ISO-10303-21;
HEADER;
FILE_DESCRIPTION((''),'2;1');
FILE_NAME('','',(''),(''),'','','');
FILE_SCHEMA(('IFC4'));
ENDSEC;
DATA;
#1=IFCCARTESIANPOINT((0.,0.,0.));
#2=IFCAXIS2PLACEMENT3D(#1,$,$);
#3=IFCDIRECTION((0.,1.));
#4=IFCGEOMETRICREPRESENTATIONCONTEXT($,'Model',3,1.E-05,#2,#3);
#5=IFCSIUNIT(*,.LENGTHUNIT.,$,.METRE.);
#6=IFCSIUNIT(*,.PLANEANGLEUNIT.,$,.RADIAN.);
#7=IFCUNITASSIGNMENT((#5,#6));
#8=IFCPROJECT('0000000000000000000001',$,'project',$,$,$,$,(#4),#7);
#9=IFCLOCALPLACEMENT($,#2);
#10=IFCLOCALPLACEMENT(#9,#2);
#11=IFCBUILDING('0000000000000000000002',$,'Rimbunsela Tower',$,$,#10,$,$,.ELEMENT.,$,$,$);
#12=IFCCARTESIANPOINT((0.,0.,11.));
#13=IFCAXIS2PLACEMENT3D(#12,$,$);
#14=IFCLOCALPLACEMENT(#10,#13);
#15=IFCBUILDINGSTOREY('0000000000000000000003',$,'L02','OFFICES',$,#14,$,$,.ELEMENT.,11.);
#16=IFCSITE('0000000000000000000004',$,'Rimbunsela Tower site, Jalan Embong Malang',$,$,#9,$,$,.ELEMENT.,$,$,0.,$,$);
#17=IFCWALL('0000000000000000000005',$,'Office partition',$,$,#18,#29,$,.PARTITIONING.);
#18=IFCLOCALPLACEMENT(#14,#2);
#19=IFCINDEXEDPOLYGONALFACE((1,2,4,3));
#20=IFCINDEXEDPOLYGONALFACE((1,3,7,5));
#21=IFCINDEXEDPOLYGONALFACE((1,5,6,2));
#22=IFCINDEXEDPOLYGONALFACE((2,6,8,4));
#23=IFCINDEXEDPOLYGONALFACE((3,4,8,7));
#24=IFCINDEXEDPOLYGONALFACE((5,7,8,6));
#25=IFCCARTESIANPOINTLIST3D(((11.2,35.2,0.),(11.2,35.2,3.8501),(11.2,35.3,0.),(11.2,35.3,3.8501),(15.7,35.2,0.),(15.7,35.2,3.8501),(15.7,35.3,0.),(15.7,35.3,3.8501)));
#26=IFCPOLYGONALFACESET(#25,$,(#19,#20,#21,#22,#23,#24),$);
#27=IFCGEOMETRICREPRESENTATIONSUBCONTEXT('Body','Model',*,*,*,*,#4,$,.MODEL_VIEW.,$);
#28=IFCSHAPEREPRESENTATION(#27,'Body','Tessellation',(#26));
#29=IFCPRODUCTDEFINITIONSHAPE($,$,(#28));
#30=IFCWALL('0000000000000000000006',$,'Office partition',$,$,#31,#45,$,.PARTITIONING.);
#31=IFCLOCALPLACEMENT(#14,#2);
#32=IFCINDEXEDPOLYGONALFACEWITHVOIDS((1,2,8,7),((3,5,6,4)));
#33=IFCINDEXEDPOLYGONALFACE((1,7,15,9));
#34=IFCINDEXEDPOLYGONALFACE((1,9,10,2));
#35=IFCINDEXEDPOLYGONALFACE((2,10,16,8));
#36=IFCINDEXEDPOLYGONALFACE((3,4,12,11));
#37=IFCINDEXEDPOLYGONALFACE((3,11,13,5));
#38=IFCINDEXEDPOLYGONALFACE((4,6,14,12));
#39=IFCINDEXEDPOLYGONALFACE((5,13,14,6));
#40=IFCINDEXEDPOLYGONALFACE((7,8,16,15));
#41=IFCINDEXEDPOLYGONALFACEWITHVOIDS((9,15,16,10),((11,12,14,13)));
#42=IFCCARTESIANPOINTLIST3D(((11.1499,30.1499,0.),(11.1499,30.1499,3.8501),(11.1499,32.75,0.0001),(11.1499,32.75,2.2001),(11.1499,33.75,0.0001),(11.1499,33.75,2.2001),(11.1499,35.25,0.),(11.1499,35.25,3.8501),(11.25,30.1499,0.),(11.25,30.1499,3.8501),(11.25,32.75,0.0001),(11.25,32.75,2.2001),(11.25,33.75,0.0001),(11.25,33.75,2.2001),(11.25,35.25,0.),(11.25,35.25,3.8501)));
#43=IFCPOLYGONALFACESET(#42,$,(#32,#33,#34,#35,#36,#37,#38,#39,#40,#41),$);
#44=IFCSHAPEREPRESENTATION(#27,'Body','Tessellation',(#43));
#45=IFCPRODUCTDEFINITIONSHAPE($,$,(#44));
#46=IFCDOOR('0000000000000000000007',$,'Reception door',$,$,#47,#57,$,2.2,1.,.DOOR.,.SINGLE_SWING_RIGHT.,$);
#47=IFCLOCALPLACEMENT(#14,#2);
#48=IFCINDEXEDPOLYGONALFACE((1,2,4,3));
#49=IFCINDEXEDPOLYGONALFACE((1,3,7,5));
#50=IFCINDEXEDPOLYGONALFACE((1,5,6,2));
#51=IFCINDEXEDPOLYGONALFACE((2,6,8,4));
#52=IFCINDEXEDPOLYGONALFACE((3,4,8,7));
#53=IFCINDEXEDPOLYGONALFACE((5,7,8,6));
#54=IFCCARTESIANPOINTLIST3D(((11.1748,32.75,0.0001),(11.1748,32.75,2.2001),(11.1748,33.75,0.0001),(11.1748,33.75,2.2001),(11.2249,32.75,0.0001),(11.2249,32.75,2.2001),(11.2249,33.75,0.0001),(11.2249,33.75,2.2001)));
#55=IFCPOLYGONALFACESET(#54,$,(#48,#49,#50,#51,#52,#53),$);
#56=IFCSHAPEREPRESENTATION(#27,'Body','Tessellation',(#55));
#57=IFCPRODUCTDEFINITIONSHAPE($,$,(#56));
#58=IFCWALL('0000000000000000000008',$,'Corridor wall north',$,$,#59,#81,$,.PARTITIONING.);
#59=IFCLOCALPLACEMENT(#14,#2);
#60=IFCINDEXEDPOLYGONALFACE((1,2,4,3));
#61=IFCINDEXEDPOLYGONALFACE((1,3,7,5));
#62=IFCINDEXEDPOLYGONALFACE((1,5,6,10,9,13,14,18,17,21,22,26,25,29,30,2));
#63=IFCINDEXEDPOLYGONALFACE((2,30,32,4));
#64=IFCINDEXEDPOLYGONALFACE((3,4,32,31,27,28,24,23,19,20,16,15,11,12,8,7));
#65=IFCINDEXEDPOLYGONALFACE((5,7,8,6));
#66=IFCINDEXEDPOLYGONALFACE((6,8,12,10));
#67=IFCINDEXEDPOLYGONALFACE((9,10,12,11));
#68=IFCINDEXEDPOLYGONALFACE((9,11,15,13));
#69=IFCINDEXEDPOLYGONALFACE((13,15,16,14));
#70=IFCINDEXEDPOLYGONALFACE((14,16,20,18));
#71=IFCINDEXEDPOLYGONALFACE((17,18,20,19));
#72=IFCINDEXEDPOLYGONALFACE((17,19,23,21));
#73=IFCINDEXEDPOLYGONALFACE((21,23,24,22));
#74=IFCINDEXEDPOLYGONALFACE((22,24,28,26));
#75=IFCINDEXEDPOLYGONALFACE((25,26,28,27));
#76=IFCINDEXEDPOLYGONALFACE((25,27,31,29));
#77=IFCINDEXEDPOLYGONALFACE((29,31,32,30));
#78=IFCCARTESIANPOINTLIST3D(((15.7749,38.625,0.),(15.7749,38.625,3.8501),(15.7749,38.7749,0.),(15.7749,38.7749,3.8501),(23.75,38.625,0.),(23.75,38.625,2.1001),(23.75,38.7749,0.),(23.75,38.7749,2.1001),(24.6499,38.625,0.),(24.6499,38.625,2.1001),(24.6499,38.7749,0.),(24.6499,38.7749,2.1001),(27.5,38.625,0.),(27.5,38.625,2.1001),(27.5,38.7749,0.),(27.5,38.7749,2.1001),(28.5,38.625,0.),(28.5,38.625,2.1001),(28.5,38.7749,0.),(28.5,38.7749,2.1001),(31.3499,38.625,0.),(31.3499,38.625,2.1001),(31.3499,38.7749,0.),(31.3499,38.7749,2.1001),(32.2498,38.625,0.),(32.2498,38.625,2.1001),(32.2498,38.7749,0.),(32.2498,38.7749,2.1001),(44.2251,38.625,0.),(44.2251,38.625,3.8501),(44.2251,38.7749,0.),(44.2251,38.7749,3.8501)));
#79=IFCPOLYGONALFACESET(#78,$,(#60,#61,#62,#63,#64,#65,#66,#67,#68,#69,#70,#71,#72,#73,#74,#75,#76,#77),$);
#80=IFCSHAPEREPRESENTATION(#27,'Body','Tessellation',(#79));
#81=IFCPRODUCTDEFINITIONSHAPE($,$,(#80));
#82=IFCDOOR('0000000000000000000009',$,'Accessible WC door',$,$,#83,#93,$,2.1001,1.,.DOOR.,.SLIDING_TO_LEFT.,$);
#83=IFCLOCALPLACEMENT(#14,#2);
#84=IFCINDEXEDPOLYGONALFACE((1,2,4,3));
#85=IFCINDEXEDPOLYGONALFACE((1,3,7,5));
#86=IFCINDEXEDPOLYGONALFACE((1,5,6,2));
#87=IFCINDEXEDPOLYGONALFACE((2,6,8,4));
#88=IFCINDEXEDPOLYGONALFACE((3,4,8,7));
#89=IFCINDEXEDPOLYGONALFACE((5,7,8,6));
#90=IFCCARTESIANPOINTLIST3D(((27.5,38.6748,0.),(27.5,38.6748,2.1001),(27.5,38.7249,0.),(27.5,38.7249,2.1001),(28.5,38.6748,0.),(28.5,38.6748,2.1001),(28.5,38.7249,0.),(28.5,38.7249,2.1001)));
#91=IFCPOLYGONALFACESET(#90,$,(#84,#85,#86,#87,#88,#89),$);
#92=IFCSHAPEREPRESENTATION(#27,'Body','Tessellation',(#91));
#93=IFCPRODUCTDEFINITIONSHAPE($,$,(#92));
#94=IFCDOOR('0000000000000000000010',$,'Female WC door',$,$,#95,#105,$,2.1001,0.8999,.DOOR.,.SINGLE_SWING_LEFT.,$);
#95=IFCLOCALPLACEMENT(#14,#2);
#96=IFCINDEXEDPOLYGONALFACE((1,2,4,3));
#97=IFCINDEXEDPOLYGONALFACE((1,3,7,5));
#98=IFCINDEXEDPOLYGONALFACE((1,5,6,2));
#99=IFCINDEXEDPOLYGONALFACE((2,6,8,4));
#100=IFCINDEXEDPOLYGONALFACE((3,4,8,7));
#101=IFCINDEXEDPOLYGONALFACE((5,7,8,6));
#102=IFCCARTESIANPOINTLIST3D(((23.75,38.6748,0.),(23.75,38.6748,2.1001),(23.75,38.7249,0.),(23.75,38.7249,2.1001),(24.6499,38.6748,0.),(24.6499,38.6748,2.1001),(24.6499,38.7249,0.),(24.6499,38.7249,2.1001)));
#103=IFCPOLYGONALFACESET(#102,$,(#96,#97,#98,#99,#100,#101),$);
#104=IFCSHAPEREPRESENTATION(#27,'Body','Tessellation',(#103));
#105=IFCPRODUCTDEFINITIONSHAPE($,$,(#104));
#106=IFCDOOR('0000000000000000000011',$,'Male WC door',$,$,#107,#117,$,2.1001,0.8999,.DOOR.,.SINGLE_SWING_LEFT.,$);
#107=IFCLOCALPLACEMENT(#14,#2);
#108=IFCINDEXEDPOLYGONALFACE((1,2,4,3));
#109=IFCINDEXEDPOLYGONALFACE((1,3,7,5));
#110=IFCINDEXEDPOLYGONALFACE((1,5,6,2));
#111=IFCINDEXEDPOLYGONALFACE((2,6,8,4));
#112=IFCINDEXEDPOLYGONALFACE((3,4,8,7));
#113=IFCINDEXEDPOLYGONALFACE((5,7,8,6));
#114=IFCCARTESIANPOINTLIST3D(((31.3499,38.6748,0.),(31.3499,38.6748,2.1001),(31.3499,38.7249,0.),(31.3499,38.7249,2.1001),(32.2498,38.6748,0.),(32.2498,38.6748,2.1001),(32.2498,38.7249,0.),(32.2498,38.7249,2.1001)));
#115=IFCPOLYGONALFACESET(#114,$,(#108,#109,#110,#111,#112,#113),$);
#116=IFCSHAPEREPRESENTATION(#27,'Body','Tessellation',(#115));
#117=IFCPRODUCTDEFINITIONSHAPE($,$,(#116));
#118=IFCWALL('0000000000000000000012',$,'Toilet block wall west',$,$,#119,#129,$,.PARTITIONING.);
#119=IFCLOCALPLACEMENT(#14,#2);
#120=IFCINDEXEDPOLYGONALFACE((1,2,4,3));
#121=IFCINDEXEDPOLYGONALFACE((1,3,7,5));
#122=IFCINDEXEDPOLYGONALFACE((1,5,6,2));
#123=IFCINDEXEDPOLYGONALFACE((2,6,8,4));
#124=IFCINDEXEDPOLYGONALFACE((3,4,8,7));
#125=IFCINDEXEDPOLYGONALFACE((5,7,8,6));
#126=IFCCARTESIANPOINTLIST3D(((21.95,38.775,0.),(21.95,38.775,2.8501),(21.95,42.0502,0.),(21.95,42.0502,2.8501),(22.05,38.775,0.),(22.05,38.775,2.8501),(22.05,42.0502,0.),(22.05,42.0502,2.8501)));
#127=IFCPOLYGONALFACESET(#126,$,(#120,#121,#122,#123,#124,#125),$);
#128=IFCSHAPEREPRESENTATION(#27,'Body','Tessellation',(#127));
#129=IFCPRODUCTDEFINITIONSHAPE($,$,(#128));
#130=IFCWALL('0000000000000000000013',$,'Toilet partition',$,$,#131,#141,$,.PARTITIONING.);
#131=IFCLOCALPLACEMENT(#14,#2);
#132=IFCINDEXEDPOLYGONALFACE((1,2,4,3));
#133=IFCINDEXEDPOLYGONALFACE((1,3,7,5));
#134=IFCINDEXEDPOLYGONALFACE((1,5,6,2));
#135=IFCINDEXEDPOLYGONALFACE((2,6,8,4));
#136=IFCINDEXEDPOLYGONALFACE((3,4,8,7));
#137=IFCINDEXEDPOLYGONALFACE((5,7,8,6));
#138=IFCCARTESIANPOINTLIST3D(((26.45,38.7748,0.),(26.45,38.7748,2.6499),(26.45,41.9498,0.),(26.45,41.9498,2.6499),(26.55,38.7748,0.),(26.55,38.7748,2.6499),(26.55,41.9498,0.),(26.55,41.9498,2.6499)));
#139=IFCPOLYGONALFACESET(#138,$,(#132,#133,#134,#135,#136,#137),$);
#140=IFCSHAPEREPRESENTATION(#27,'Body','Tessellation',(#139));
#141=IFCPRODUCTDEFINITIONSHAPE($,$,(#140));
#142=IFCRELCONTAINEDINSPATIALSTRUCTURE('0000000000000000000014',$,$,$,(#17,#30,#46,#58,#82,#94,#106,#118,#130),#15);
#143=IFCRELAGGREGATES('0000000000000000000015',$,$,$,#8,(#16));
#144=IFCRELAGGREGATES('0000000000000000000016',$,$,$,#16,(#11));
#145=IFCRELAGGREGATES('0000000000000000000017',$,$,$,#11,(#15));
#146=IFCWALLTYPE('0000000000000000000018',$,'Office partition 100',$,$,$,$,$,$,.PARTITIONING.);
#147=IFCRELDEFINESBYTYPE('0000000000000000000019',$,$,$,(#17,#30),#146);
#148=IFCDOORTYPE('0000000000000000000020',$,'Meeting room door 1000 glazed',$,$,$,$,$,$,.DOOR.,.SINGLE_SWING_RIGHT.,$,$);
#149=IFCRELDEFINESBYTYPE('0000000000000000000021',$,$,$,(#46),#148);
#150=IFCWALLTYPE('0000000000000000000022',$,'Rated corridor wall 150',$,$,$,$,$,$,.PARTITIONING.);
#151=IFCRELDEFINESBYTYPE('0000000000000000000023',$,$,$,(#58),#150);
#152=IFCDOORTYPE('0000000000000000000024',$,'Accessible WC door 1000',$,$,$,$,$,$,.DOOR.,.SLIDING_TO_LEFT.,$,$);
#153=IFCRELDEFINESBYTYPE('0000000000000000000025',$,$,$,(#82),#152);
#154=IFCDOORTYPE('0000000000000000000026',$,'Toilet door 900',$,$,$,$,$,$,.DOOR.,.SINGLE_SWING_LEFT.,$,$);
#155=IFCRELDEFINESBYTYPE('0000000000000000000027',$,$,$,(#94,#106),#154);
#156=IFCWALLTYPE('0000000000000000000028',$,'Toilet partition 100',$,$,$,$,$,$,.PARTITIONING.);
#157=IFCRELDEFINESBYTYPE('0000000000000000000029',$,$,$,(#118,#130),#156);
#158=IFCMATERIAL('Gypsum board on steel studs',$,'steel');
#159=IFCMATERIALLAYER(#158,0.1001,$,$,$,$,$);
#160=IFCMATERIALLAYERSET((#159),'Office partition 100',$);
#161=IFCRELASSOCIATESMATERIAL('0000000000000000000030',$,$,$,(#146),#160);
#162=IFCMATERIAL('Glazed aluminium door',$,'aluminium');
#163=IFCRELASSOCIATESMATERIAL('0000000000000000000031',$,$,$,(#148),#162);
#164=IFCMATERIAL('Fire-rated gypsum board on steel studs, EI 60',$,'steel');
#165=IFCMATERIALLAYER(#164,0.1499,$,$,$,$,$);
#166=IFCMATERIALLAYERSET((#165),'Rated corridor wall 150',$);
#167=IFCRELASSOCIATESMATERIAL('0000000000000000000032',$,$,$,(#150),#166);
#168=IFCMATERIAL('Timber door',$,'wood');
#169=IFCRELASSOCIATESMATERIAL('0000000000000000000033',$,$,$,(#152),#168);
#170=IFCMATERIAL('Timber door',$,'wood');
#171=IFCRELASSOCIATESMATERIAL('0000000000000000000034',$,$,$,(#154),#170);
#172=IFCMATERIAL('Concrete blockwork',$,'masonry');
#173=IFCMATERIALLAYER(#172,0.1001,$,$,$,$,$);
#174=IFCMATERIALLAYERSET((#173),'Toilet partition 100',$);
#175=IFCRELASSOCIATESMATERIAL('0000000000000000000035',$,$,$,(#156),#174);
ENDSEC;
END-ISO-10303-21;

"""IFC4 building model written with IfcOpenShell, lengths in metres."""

from ifc_helpers import new_model, si_unit, direction, frame, frame_2d, origin, place, context, subcontext, project, spatial, rectangle, extrude, material, layer, layer_set, type_object, element, fill, save


model = new_model("IFC4")

# Units and contexts
model_context = context("Model", 3, precision=1e-05, world=origin(), true_north=direction((0.0, 1.0)))
body_context = subcontext(model_context, "Body", "Model", "MODEL_VIEW")
ifc_project = project(units=[si_unit("LENGTHUNIT", "METRE"), si_unit("PLANEANGLEUNIT", "RADIAN")], contexts=[model_context])

# Site, building, storey
site_placement = place(None, origin())
site = spatial("IfcSite", under=ifc_project, at=site_placement, Name="Rimbunsela Tower site, Jalan Embong Malang", CompositionType="ELEMENT", RefElevation=0.0)
building_placement = place(site_placement, origin())
building = spatial("IfcBuilding", under=site, at=building_placement, Name="Rimbunsela Tower", CompositionType="ELEMENT")
storey_placement = place(building_placement, frame((0.0, 0.0, 11.0)))
storey = spatial("IfcBuildingStorey", under=building, at=storey_placement, Name="L02", Description="OFFICES", CompositionType="ELEMENT", Elevation=11.0)

# Shared definitions
ifc_material_1 = material(Name="Gypsum board on steel studs", Category="steel")
ifc_layer_1 = layer(ifc_material_1, 0.1001)
ifc_layer_set_1 = layer_set([ifc_layer_1], Name="Office partition 100")
wall_type_1 = type_object("IfcWallType", Name="Office partition 100", PredefinedType="PARTITIONING", material=ifc_layer_set_1)

# Wall
wall_1_placement = place(storey_placement, frame((15.7, 35.25, 0.0), z_axis=(0.0, 0.0, 1.0), x_axis=(-1.0, 0.0, 0.0)))
element("IfcWall", 1, at=wall_1_placement, inside=storey, type_object=wall_type_1, Name="Office partition", PredefinedType="PARTITIONING", context=body_context, shape_type="SweptSolid", body=[
    extrude(rectangle(XDim=4.5, YDim=0.1001, at=frame_2d((2.25, 0.0))), origin(), (0.0, 0.0, 1.0), 3.8501),
])

# Wall, opening, door
wall_2_placement = place(storey_placement, frame((11.2, 35.25, 0.0), z_axis=(0.0, 0.0, 1.0), x_axis=(0.0, -1.0, 0.0)))
wall_2 = element("IfcWall", 2, at=wall_2_placement, inside=storey, type_object=wall_type_1, Name="Office partition", PredefinedType="PARTITIONING", context=body_context, shape_type="SweptSolid", body=[
    extrude(rectangle(XDim=5.1001, YDim=0.1001, at=frame_2d((2.55, 0.0))), origin(), (0.0, 0.0, 1.0), 3.8501),
])
opening_1_placement = place(wall_2_placement, frame((1.5, 0.0, 0.0)))
opening_1 = element("IfcOpeningElement", 3, at=opening_1_placement, cuts=wall_2, PredefinedType="OPENING", context=body_context, shape_type="SweptSolid", body=[
    extrude(rectangle(XDim=1.0, YDim=2.2, at=frame_2d((0.5, 1.1001))), frame((0.0, 0.0601, 0.0), z_axis=(0.0, -1.0, 0.0), x_axis=(1.0, 0.0, 0.0)), (0.0, 0.0, 1.0), 0.1201),
])
ifc_material_2 = material(Name="Glazed aluminium door", Category="aluminium")
door_type_1 = type_object("IfcDoorType", Name="Meeting room door 1000 glazed", OperationType="SINGLE_SWING_RIGHT", PredefinedType="DOOR", material=ifc_material_2)
door_1_placement = place(opening_1_placement, origin())
door_1 = element("IfcDoor", 4, at=door_1_placement, inside=storey, type_object=door_type_1, Name="Reception door", OperationType="SINGLE_SWING_RIGHT", OverallHeight=2.2, OverallWidth=1.0, PredefinedType="DOOR", context=body_context, shape_type="SweptSolid", body=[
    extrude(rectangle(XDim=1.0, YDim=2.2, at=frame_2d((0.5, 1.1001))), frame((0.0, 0.0249, 0.0), z_axis=(0.0, -1.0, 0.0), x_axis=(1.0, 0.0, 0.0)), (0.0, 0.0, 1.0), 0.05),
])
fill(opening_1, door_1)

# Wall, openings, doors
ifc_material_3 = material(Name="Fire-rated gypsum board on steel studs, EI 60", Category="steel")
ifc_layer_2 = layer(ifc_material_3, 0.1499)
ifc_layer_set_2 = layer_set([ifc_layer_2], Name="Rated corridor wall 150")
wall_type_2 = type_object("IfcWallType", Name="Rated corridor wall 150", PredefinedType="PARTITIONING", material=ifc_layer_set_2)
wall_3_placement = place(storey_placement, frame((15.7749, 38.7, 0.0), z_axis=(0.0, 0.0, 1.0), x_axis=(1.0, 0.0, 0.0)))
wall_3 = element("IfcWall", 5, at=wall_3_placement, inside=storey, type_object=wall_type_2, Name="Corridor wall north", PredefinedType="PARTITIONING", context=body_context, shape_type="SweptSolid", body=[
    extrude(rectangle(XDim=28.4502, YDim=0.1499, at=frame_2d((14.2251, 0.0))), origin(), (0.0, 0.0, 1.0), 3.8501),
])
opening_2_placement = place(wall_3_placement, frame((7.9751, 0.0, 0.0)))
opening_2 = element("IfcOpeningElement", 6, at=opening_2_placement, cuts=wall_3, PredefinedType="OPENING", context=body_context, shape_type="SweptSolid", body=[
    extrude(rectangle(XDim=0.8999, YDim=2.1001, at=frame_2d((0.45, 1.05))), frame((0.0, 0.085, 0.0), z_axis=(0.0, -1.0, 0.0), x_axis=(1.0, 0.0, 0.0)), (0.0, 0.0, 1.0), 0.1699),
])
opening_3_placement = place(wall_3_placement, frame((11.7251, 0.0, 0.0)))
opening_3 = element("IfcOpeningElement", 7, at=opening_3_placement, cuts=wall_3, PredefinedType="OPENING", context=body_context, shape_type="SweptSolid", body=[
    extrude(rectangle(XDim=1.0, YDim=2.1001, at=frame_2d((0.5, 1.05))), frame((0.0, 0.085, 0.0), z_axis=(0.0, -1.0, 0.0), x_axis=(1.0, 0.0, 0.0)), (0.0, 0.0, 1.0), 0.1699),
])
opening_4_placement = place(wall_3_placement, frame((15.575, 0.0, 0.0)))
opening_4 = element("IfcOpeningElement", 8, at=opening_4_placement, cuts=wall_3, PredefinedType="OPENING", context=body_context, shape_type="SweptSolid", body=[
    extrude(rectangle(XDim=0.8999, YDim=2.1001, at=frame_2d((0.45, 1.05))), frame((0.0, 0.085, 0.0), z_axis=(0.0, -1.0, 0.0), x_axis=(1.0, 0.0, 0.0)), (0.0, 0.0, 1.0), 0.1699),
])
ifc_material_4 = material(Name="Timber door", Category="wood")
door_type_2 = type_object("IfcDoorType", Name="Accessible WC door 1000", OperationType="SLIDING_TO_LEFT", PredefinedType="DOOR", material=ifc_material_4)
door_2_placement = place(opening_3_placement, origin())
door_2 = element("IfcDoor", 9, at=door_2_placement, inside=storey, type_object=door_type_2, Name="Accessible WC door", OperationType="SLIDING_TO_LEFT", OverallHeight=2.1001, OverallWidth=1.0, PredefinedType="DOOR", context=body_context, shape_type="SweptSolid", body=[
    extrude(rectangle(XDim=1.0, YDim=2.1001, at=frame_2d((0.5, 1.05))), frame((0.0, 0.0249, 0.0), z_axis=(0.0, -1.0, 0.0), x_axis=(1.0, 0.0, 0.0)), (0.0, 0.0, 1.0), 0.05),
])
fill(opening_3, door_2)
ifc_material_5 = material(Name="Timber door", Category="wood")
door_type_3 = type_object("IfcDoorType", Name="Toilet door 900", OperationType="SINGLE_SWING_LEFT", PredefinedType="DOOR", material=ifc_material_5)
door_3_placement = place(opening_2_placement, origin())
door_3 = element("IfcDoor", 10, at=door_3_placement, inside=storey, type_object=door_type_3, Name="Female WC door", OperationType="SINGLE_SWING_LEFT", OverallHeight=2.1001, OverallWidth=0.8999, PredefinedType="DOOR", context=body_context, shape_type="SweptSolid", body=[
    extrude(rectangle(XDim=0.8999, YDim=2.1001, at=frame_2d((0.45, 1.05))), frame((0.0, 0.0249, 0.0), z_axis=(0.0, -1.0, 0.0), x_axis=(1.0, 0.0, 0.0)), (0.0, 0.0, 1.0), 0.05),
])
fill(opening_2, door_3)
door_4_placement = place(opening_4_placement, origin())
door_4 = element("IfcDoor", 11, at=door_4_placement, inside=storey, type_object=door_type_3, Name="Male WC door", OperationType="SINGLE_SWING_LEFT", OverallHeight=2.1001, OverallWidth=0.8999, PredefinedType="DOOR", context=body_context, shape_type="SweptSolid", body=[
    extrude(rectangle(XDim=0.8999, YDim=2.1001, at=frame_2d((0.45, 1.05))), frame((0.0, 0.0249, 0.0), z_axis=(0.0, -1.0, 0.0), x_axis=(1.0, 0.0, 0.0)), (0.0, 0.0, 1.0), 0.05),
])
fill(opening_4, door_4)

# Walls
ifc_material_6 = material(Name="Concrete blockwork", Category="masonry")
ifc_layer_3 = layer(ifc_material_6, 0.1001)
ifc_layer_set_3 = layer_set([ifc_layer_3], Name="Toilet partition 100")
wall_type_3 = type_object("IfcWallType", Name="Toilet partition 100", PredefinedType="PARTITIONING", material=ifc_layer_set_3)
wall_4_placement = place(storey_placement, frame((22.0, 38.7749, 0.0), z_axis=(0.0, 0.0, 1.0), x_axis=(0.0, 1.0, 0.0)))
element("IfcWall", 12, at=wall_4_placement, inside=storey, type_object=wall_type_3, Name="Toilet block wall west", PredefinedType="PARTITIONING", context=body_context, shape_type="SweptSolid", body=[
    extrude(rectangle(XDim=3.2751, YDim=0.1001, at=frame_2d((1.6377, 0.0))), origin(), (0.0, 0.0, 1.0), 2.8501),
])
wall_5_placement = place(storey_placement, frame((26.5, 38.7749, 0.0), z_axis=(0.0, 0.0, 1.0), x_axis=(0.0, 1.0, 0.0)))
element("IfcWall", 13, at=wall_5_placement, inside=storey, type_object=wall_type_3, Name="Toilet partition", PredefinedType="PARTITIONING", context=body_context, shape_type="SweptSolid", body=[
    extrude(rectangle(XDim=3.175, YDim=0.1001, at=frame_2d((1.5874, 0.0))), origin(), (0.0, 0.0, 1.0), 2.6499),
])

save(model, "model.ifc")
